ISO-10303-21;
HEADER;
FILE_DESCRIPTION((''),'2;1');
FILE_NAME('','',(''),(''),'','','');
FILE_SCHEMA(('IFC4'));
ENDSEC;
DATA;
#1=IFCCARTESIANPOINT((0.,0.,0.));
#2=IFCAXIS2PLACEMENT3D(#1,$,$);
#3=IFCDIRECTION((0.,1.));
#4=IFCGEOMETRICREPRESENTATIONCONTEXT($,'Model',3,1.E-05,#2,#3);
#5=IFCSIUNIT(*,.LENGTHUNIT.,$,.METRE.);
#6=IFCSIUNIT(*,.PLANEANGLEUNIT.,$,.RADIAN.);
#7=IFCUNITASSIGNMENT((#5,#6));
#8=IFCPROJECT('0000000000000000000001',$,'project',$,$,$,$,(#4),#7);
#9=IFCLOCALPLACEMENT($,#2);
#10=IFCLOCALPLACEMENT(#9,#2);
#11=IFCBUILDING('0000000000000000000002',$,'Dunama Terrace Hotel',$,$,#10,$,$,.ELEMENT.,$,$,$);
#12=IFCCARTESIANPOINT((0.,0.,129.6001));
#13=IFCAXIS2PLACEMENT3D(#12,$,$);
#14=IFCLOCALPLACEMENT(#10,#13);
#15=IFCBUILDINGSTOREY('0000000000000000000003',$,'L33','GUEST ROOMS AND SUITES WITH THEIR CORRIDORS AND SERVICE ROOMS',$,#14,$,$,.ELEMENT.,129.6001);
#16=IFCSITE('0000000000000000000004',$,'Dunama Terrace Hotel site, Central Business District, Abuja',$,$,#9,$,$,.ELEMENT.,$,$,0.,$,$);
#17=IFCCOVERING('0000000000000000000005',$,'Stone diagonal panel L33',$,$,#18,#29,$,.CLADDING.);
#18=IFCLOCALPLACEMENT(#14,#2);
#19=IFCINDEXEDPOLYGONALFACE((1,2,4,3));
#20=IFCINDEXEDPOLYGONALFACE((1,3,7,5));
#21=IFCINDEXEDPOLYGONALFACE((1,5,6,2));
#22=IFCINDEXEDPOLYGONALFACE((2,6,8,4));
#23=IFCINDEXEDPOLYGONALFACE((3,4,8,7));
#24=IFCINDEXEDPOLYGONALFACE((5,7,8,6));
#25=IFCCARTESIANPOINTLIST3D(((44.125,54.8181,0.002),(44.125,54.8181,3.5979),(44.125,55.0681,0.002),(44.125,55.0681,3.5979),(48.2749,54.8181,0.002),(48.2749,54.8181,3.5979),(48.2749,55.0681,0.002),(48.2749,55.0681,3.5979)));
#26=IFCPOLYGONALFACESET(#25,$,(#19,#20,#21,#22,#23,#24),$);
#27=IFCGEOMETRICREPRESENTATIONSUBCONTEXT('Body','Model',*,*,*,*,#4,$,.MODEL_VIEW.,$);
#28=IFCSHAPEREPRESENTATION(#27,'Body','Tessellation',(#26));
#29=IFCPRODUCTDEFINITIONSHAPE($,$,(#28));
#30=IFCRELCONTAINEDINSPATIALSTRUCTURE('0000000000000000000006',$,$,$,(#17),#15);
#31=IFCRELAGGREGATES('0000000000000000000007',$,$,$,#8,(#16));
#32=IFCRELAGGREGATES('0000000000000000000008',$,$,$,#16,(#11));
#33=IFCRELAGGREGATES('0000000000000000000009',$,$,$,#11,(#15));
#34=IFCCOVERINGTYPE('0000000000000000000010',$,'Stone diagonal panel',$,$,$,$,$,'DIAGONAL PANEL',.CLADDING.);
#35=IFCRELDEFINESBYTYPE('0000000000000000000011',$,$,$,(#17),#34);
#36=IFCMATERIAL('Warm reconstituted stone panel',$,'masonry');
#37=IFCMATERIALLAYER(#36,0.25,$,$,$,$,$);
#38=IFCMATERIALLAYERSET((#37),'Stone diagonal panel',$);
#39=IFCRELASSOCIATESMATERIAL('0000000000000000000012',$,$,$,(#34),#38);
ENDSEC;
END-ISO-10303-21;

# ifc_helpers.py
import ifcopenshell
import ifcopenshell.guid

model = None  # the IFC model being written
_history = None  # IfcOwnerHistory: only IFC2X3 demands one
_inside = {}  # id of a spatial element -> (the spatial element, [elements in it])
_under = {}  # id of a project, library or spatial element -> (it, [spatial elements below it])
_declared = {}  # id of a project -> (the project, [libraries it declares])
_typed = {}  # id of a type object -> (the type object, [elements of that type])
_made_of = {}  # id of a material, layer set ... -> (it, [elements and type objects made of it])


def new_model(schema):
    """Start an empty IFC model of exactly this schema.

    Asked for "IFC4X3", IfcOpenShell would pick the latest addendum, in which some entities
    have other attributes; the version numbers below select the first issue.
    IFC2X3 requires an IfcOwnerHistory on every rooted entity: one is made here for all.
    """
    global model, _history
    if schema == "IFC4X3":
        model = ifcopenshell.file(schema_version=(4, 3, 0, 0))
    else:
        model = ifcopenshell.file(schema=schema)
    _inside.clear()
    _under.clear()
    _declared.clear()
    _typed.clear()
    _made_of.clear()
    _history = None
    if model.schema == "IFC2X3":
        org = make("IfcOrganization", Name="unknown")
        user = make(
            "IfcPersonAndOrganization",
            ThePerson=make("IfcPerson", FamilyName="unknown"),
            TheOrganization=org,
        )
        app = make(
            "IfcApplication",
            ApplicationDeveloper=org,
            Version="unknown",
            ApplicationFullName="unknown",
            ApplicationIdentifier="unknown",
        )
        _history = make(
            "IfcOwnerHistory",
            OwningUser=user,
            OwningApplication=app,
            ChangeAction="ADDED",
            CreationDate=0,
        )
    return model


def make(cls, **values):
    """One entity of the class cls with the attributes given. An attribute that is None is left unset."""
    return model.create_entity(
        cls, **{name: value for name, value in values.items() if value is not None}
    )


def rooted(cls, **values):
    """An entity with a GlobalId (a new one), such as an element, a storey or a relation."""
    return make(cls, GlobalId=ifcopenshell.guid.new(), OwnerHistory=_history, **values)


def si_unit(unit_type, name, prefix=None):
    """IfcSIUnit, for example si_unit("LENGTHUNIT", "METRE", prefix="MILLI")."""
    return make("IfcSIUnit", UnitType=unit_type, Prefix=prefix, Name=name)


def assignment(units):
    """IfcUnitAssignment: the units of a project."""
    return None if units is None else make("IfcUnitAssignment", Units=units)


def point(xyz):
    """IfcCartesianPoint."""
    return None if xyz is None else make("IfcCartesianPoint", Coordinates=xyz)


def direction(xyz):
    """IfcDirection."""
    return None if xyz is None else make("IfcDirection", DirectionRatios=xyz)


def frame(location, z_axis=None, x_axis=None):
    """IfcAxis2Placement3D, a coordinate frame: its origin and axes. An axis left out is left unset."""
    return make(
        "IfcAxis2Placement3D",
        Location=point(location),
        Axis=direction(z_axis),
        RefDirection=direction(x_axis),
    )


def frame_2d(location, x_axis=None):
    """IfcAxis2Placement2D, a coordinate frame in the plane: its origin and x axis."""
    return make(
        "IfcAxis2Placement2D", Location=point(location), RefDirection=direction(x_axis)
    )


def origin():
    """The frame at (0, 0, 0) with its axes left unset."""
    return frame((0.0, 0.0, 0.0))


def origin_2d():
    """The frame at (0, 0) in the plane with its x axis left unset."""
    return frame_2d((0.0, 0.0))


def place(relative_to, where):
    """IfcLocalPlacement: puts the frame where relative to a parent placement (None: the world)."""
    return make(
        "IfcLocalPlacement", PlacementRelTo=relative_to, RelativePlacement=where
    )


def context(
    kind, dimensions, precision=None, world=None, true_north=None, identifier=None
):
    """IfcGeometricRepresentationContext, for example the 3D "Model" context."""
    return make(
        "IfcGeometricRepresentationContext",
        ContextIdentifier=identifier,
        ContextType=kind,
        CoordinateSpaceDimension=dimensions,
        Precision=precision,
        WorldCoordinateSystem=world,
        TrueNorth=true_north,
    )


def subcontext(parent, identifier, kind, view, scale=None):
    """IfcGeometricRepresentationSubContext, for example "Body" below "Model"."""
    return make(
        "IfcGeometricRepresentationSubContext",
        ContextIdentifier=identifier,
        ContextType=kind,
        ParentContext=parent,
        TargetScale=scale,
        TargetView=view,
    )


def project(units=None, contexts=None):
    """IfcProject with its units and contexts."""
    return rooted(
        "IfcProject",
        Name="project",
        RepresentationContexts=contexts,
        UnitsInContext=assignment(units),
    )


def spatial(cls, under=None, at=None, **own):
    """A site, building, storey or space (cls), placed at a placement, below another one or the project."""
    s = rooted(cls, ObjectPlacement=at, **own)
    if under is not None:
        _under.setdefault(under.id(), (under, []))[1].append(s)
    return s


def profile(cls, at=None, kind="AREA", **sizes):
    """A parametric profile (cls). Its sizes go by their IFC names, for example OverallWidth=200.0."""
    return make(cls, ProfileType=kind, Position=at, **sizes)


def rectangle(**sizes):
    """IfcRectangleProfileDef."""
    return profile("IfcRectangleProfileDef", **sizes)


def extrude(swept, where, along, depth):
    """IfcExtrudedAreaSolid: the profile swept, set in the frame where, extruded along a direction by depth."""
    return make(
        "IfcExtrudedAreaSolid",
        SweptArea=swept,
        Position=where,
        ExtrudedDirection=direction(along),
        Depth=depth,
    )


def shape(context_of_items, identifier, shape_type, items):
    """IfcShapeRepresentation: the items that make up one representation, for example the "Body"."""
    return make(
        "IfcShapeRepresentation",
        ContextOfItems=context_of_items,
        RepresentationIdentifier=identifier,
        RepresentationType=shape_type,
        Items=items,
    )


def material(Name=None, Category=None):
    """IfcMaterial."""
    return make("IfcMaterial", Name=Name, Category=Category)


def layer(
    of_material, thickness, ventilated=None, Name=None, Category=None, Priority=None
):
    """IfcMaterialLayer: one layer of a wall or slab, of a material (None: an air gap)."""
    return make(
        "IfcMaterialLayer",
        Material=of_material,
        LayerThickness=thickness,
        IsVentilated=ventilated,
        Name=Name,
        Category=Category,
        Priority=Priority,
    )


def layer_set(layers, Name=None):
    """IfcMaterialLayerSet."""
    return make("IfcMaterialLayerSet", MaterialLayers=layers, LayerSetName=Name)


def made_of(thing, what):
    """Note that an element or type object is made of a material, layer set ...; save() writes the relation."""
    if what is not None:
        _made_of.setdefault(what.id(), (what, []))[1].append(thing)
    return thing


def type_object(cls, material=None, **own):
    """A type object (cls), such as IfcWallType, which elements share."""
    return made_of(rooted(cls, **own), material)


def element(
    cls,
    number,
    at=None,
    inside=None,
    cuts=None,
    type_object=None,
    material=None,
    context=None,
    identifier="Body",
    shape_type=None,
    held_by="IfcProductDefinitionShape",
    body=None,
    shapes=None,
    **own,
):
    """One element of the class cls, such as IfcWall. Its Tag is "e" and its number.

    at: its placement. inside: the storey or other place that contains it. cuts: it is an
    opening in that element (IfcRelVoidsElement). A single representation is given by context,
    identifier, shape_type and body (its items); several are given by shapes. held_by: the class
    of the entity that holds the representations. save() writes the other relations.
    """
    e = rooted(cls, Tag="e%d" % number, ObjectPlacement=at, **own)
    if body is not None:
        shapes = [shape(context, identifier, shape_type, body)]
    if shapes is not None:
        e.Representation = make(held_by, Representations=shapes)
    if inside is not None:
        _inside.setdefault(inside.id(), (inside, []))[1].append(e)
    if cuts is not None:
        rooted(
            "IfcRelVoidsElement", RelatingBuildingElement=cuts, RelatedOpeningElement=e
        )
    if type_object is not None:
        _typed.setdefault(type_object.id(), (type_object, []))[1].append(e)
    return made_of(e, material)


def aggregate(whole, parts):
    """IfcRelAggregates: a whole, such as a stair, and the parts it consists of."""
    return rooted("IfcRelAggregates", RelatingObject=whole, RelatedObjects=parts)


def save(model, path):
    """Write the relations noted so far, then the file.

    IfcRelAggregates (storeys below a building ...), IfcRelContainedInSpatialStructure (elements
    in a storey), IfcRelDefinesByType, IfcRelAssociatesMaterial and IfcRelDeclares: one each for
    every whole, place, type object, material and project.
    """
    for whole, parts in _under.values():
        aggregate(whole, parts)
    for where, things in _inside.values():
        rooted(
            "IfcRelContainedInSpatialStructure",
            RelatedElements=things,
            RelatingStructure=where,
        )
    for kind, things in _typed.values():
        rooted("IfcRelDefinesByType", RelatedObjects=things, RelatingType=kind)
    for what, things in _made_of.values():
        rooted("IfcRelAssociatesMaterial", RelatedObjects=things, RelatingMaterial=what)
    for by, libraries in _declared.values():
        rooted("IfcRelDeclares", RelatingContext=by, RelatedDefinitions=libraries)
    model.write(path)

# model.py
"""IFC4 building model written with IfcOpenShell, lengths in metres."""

from ifc_helpers import new_model, si_unit, direction, frame, origin, origin_2d, place, context, subcontext, project, spatial, rectangle, extrude, material, layer, layer_set, type_object, element, save


model = new_model("IFC4")

# Units and contexts
model_context = context("Model", 3, precision=1e-05, world=origin(), true_north=direction((0.0, 1.0)))
body_context = subcontext(model_context, "Body", "Model", "MODEL_VIEW")
ifc_project = project(units=[si_unit("LENGTHUNIT", "METRE"), si_unit("PLANEANGLEUNIT", "RADIAN")], contexts=[model_context])

# Site, building, storey
site_placement = place(None, origin())
site = spatial("IfcSite", under=ifc_project, at=site_placement, Name="Dunama Terrace Hotel site, Central Business District, Abuja", CompositionType="ELEMENT", RefElevation=0.0)
building_placement = place(site_placement, origin())
building = spatial("IfcBuilding", under=site, at=building_placement, Name="Dunama Terrace Hotel", CompositionType="ELEMENT")
storey_placement = place(building_placement, frame((0.0, 0.0, 129.6001)))
storey = spatial("IfcBuildingStorey", under=building, at=storey_placement, Name="L33", Description="GUEST ROOMS AND SUITES WITH THEIR CORRIDORS AND SERVICE ROOMS", CompositionType="ELEMENT", Elevation=129.6001)

# Covering
ifc_material_1 = material(Name="Warm reconstituted stone panel", Category="masonry")
ifc_layer_1 = layer(ifc_material_1, 0.25)
ifc_layer_set_1 = layer_set([ifc_layer_1], Name="Stone diagonal panel")
covering_type = type_object("IfcCoveringType", Name="Stone diagonal panel", ElementType="DIAGONAL PANEL", PredefinedType="CLADDING", material=ifc_layer_set_1)
covering_1_placement = place(storey_placement, frame((46.2, 54.9431, 0.002), z_axis=(0.0, 0.0, 1.0), x_axis=(-1.0, 0.0, 0.0)))
element("IfcCovering", 1, at=covering_1_placement, inside=storey, type_object=covering_type, Name="Stone diagonal panel L33", PredefinedType="CLADDING", context=body_context, shape_type="SweptSolid", body=[
    extrude(rectangle(XDim=4.1499, YDim=0.25, at=origin_2d()), origin(), (0.0, 0.0, 1.0), 3.5959),
])

save(model, "model.ifc")
